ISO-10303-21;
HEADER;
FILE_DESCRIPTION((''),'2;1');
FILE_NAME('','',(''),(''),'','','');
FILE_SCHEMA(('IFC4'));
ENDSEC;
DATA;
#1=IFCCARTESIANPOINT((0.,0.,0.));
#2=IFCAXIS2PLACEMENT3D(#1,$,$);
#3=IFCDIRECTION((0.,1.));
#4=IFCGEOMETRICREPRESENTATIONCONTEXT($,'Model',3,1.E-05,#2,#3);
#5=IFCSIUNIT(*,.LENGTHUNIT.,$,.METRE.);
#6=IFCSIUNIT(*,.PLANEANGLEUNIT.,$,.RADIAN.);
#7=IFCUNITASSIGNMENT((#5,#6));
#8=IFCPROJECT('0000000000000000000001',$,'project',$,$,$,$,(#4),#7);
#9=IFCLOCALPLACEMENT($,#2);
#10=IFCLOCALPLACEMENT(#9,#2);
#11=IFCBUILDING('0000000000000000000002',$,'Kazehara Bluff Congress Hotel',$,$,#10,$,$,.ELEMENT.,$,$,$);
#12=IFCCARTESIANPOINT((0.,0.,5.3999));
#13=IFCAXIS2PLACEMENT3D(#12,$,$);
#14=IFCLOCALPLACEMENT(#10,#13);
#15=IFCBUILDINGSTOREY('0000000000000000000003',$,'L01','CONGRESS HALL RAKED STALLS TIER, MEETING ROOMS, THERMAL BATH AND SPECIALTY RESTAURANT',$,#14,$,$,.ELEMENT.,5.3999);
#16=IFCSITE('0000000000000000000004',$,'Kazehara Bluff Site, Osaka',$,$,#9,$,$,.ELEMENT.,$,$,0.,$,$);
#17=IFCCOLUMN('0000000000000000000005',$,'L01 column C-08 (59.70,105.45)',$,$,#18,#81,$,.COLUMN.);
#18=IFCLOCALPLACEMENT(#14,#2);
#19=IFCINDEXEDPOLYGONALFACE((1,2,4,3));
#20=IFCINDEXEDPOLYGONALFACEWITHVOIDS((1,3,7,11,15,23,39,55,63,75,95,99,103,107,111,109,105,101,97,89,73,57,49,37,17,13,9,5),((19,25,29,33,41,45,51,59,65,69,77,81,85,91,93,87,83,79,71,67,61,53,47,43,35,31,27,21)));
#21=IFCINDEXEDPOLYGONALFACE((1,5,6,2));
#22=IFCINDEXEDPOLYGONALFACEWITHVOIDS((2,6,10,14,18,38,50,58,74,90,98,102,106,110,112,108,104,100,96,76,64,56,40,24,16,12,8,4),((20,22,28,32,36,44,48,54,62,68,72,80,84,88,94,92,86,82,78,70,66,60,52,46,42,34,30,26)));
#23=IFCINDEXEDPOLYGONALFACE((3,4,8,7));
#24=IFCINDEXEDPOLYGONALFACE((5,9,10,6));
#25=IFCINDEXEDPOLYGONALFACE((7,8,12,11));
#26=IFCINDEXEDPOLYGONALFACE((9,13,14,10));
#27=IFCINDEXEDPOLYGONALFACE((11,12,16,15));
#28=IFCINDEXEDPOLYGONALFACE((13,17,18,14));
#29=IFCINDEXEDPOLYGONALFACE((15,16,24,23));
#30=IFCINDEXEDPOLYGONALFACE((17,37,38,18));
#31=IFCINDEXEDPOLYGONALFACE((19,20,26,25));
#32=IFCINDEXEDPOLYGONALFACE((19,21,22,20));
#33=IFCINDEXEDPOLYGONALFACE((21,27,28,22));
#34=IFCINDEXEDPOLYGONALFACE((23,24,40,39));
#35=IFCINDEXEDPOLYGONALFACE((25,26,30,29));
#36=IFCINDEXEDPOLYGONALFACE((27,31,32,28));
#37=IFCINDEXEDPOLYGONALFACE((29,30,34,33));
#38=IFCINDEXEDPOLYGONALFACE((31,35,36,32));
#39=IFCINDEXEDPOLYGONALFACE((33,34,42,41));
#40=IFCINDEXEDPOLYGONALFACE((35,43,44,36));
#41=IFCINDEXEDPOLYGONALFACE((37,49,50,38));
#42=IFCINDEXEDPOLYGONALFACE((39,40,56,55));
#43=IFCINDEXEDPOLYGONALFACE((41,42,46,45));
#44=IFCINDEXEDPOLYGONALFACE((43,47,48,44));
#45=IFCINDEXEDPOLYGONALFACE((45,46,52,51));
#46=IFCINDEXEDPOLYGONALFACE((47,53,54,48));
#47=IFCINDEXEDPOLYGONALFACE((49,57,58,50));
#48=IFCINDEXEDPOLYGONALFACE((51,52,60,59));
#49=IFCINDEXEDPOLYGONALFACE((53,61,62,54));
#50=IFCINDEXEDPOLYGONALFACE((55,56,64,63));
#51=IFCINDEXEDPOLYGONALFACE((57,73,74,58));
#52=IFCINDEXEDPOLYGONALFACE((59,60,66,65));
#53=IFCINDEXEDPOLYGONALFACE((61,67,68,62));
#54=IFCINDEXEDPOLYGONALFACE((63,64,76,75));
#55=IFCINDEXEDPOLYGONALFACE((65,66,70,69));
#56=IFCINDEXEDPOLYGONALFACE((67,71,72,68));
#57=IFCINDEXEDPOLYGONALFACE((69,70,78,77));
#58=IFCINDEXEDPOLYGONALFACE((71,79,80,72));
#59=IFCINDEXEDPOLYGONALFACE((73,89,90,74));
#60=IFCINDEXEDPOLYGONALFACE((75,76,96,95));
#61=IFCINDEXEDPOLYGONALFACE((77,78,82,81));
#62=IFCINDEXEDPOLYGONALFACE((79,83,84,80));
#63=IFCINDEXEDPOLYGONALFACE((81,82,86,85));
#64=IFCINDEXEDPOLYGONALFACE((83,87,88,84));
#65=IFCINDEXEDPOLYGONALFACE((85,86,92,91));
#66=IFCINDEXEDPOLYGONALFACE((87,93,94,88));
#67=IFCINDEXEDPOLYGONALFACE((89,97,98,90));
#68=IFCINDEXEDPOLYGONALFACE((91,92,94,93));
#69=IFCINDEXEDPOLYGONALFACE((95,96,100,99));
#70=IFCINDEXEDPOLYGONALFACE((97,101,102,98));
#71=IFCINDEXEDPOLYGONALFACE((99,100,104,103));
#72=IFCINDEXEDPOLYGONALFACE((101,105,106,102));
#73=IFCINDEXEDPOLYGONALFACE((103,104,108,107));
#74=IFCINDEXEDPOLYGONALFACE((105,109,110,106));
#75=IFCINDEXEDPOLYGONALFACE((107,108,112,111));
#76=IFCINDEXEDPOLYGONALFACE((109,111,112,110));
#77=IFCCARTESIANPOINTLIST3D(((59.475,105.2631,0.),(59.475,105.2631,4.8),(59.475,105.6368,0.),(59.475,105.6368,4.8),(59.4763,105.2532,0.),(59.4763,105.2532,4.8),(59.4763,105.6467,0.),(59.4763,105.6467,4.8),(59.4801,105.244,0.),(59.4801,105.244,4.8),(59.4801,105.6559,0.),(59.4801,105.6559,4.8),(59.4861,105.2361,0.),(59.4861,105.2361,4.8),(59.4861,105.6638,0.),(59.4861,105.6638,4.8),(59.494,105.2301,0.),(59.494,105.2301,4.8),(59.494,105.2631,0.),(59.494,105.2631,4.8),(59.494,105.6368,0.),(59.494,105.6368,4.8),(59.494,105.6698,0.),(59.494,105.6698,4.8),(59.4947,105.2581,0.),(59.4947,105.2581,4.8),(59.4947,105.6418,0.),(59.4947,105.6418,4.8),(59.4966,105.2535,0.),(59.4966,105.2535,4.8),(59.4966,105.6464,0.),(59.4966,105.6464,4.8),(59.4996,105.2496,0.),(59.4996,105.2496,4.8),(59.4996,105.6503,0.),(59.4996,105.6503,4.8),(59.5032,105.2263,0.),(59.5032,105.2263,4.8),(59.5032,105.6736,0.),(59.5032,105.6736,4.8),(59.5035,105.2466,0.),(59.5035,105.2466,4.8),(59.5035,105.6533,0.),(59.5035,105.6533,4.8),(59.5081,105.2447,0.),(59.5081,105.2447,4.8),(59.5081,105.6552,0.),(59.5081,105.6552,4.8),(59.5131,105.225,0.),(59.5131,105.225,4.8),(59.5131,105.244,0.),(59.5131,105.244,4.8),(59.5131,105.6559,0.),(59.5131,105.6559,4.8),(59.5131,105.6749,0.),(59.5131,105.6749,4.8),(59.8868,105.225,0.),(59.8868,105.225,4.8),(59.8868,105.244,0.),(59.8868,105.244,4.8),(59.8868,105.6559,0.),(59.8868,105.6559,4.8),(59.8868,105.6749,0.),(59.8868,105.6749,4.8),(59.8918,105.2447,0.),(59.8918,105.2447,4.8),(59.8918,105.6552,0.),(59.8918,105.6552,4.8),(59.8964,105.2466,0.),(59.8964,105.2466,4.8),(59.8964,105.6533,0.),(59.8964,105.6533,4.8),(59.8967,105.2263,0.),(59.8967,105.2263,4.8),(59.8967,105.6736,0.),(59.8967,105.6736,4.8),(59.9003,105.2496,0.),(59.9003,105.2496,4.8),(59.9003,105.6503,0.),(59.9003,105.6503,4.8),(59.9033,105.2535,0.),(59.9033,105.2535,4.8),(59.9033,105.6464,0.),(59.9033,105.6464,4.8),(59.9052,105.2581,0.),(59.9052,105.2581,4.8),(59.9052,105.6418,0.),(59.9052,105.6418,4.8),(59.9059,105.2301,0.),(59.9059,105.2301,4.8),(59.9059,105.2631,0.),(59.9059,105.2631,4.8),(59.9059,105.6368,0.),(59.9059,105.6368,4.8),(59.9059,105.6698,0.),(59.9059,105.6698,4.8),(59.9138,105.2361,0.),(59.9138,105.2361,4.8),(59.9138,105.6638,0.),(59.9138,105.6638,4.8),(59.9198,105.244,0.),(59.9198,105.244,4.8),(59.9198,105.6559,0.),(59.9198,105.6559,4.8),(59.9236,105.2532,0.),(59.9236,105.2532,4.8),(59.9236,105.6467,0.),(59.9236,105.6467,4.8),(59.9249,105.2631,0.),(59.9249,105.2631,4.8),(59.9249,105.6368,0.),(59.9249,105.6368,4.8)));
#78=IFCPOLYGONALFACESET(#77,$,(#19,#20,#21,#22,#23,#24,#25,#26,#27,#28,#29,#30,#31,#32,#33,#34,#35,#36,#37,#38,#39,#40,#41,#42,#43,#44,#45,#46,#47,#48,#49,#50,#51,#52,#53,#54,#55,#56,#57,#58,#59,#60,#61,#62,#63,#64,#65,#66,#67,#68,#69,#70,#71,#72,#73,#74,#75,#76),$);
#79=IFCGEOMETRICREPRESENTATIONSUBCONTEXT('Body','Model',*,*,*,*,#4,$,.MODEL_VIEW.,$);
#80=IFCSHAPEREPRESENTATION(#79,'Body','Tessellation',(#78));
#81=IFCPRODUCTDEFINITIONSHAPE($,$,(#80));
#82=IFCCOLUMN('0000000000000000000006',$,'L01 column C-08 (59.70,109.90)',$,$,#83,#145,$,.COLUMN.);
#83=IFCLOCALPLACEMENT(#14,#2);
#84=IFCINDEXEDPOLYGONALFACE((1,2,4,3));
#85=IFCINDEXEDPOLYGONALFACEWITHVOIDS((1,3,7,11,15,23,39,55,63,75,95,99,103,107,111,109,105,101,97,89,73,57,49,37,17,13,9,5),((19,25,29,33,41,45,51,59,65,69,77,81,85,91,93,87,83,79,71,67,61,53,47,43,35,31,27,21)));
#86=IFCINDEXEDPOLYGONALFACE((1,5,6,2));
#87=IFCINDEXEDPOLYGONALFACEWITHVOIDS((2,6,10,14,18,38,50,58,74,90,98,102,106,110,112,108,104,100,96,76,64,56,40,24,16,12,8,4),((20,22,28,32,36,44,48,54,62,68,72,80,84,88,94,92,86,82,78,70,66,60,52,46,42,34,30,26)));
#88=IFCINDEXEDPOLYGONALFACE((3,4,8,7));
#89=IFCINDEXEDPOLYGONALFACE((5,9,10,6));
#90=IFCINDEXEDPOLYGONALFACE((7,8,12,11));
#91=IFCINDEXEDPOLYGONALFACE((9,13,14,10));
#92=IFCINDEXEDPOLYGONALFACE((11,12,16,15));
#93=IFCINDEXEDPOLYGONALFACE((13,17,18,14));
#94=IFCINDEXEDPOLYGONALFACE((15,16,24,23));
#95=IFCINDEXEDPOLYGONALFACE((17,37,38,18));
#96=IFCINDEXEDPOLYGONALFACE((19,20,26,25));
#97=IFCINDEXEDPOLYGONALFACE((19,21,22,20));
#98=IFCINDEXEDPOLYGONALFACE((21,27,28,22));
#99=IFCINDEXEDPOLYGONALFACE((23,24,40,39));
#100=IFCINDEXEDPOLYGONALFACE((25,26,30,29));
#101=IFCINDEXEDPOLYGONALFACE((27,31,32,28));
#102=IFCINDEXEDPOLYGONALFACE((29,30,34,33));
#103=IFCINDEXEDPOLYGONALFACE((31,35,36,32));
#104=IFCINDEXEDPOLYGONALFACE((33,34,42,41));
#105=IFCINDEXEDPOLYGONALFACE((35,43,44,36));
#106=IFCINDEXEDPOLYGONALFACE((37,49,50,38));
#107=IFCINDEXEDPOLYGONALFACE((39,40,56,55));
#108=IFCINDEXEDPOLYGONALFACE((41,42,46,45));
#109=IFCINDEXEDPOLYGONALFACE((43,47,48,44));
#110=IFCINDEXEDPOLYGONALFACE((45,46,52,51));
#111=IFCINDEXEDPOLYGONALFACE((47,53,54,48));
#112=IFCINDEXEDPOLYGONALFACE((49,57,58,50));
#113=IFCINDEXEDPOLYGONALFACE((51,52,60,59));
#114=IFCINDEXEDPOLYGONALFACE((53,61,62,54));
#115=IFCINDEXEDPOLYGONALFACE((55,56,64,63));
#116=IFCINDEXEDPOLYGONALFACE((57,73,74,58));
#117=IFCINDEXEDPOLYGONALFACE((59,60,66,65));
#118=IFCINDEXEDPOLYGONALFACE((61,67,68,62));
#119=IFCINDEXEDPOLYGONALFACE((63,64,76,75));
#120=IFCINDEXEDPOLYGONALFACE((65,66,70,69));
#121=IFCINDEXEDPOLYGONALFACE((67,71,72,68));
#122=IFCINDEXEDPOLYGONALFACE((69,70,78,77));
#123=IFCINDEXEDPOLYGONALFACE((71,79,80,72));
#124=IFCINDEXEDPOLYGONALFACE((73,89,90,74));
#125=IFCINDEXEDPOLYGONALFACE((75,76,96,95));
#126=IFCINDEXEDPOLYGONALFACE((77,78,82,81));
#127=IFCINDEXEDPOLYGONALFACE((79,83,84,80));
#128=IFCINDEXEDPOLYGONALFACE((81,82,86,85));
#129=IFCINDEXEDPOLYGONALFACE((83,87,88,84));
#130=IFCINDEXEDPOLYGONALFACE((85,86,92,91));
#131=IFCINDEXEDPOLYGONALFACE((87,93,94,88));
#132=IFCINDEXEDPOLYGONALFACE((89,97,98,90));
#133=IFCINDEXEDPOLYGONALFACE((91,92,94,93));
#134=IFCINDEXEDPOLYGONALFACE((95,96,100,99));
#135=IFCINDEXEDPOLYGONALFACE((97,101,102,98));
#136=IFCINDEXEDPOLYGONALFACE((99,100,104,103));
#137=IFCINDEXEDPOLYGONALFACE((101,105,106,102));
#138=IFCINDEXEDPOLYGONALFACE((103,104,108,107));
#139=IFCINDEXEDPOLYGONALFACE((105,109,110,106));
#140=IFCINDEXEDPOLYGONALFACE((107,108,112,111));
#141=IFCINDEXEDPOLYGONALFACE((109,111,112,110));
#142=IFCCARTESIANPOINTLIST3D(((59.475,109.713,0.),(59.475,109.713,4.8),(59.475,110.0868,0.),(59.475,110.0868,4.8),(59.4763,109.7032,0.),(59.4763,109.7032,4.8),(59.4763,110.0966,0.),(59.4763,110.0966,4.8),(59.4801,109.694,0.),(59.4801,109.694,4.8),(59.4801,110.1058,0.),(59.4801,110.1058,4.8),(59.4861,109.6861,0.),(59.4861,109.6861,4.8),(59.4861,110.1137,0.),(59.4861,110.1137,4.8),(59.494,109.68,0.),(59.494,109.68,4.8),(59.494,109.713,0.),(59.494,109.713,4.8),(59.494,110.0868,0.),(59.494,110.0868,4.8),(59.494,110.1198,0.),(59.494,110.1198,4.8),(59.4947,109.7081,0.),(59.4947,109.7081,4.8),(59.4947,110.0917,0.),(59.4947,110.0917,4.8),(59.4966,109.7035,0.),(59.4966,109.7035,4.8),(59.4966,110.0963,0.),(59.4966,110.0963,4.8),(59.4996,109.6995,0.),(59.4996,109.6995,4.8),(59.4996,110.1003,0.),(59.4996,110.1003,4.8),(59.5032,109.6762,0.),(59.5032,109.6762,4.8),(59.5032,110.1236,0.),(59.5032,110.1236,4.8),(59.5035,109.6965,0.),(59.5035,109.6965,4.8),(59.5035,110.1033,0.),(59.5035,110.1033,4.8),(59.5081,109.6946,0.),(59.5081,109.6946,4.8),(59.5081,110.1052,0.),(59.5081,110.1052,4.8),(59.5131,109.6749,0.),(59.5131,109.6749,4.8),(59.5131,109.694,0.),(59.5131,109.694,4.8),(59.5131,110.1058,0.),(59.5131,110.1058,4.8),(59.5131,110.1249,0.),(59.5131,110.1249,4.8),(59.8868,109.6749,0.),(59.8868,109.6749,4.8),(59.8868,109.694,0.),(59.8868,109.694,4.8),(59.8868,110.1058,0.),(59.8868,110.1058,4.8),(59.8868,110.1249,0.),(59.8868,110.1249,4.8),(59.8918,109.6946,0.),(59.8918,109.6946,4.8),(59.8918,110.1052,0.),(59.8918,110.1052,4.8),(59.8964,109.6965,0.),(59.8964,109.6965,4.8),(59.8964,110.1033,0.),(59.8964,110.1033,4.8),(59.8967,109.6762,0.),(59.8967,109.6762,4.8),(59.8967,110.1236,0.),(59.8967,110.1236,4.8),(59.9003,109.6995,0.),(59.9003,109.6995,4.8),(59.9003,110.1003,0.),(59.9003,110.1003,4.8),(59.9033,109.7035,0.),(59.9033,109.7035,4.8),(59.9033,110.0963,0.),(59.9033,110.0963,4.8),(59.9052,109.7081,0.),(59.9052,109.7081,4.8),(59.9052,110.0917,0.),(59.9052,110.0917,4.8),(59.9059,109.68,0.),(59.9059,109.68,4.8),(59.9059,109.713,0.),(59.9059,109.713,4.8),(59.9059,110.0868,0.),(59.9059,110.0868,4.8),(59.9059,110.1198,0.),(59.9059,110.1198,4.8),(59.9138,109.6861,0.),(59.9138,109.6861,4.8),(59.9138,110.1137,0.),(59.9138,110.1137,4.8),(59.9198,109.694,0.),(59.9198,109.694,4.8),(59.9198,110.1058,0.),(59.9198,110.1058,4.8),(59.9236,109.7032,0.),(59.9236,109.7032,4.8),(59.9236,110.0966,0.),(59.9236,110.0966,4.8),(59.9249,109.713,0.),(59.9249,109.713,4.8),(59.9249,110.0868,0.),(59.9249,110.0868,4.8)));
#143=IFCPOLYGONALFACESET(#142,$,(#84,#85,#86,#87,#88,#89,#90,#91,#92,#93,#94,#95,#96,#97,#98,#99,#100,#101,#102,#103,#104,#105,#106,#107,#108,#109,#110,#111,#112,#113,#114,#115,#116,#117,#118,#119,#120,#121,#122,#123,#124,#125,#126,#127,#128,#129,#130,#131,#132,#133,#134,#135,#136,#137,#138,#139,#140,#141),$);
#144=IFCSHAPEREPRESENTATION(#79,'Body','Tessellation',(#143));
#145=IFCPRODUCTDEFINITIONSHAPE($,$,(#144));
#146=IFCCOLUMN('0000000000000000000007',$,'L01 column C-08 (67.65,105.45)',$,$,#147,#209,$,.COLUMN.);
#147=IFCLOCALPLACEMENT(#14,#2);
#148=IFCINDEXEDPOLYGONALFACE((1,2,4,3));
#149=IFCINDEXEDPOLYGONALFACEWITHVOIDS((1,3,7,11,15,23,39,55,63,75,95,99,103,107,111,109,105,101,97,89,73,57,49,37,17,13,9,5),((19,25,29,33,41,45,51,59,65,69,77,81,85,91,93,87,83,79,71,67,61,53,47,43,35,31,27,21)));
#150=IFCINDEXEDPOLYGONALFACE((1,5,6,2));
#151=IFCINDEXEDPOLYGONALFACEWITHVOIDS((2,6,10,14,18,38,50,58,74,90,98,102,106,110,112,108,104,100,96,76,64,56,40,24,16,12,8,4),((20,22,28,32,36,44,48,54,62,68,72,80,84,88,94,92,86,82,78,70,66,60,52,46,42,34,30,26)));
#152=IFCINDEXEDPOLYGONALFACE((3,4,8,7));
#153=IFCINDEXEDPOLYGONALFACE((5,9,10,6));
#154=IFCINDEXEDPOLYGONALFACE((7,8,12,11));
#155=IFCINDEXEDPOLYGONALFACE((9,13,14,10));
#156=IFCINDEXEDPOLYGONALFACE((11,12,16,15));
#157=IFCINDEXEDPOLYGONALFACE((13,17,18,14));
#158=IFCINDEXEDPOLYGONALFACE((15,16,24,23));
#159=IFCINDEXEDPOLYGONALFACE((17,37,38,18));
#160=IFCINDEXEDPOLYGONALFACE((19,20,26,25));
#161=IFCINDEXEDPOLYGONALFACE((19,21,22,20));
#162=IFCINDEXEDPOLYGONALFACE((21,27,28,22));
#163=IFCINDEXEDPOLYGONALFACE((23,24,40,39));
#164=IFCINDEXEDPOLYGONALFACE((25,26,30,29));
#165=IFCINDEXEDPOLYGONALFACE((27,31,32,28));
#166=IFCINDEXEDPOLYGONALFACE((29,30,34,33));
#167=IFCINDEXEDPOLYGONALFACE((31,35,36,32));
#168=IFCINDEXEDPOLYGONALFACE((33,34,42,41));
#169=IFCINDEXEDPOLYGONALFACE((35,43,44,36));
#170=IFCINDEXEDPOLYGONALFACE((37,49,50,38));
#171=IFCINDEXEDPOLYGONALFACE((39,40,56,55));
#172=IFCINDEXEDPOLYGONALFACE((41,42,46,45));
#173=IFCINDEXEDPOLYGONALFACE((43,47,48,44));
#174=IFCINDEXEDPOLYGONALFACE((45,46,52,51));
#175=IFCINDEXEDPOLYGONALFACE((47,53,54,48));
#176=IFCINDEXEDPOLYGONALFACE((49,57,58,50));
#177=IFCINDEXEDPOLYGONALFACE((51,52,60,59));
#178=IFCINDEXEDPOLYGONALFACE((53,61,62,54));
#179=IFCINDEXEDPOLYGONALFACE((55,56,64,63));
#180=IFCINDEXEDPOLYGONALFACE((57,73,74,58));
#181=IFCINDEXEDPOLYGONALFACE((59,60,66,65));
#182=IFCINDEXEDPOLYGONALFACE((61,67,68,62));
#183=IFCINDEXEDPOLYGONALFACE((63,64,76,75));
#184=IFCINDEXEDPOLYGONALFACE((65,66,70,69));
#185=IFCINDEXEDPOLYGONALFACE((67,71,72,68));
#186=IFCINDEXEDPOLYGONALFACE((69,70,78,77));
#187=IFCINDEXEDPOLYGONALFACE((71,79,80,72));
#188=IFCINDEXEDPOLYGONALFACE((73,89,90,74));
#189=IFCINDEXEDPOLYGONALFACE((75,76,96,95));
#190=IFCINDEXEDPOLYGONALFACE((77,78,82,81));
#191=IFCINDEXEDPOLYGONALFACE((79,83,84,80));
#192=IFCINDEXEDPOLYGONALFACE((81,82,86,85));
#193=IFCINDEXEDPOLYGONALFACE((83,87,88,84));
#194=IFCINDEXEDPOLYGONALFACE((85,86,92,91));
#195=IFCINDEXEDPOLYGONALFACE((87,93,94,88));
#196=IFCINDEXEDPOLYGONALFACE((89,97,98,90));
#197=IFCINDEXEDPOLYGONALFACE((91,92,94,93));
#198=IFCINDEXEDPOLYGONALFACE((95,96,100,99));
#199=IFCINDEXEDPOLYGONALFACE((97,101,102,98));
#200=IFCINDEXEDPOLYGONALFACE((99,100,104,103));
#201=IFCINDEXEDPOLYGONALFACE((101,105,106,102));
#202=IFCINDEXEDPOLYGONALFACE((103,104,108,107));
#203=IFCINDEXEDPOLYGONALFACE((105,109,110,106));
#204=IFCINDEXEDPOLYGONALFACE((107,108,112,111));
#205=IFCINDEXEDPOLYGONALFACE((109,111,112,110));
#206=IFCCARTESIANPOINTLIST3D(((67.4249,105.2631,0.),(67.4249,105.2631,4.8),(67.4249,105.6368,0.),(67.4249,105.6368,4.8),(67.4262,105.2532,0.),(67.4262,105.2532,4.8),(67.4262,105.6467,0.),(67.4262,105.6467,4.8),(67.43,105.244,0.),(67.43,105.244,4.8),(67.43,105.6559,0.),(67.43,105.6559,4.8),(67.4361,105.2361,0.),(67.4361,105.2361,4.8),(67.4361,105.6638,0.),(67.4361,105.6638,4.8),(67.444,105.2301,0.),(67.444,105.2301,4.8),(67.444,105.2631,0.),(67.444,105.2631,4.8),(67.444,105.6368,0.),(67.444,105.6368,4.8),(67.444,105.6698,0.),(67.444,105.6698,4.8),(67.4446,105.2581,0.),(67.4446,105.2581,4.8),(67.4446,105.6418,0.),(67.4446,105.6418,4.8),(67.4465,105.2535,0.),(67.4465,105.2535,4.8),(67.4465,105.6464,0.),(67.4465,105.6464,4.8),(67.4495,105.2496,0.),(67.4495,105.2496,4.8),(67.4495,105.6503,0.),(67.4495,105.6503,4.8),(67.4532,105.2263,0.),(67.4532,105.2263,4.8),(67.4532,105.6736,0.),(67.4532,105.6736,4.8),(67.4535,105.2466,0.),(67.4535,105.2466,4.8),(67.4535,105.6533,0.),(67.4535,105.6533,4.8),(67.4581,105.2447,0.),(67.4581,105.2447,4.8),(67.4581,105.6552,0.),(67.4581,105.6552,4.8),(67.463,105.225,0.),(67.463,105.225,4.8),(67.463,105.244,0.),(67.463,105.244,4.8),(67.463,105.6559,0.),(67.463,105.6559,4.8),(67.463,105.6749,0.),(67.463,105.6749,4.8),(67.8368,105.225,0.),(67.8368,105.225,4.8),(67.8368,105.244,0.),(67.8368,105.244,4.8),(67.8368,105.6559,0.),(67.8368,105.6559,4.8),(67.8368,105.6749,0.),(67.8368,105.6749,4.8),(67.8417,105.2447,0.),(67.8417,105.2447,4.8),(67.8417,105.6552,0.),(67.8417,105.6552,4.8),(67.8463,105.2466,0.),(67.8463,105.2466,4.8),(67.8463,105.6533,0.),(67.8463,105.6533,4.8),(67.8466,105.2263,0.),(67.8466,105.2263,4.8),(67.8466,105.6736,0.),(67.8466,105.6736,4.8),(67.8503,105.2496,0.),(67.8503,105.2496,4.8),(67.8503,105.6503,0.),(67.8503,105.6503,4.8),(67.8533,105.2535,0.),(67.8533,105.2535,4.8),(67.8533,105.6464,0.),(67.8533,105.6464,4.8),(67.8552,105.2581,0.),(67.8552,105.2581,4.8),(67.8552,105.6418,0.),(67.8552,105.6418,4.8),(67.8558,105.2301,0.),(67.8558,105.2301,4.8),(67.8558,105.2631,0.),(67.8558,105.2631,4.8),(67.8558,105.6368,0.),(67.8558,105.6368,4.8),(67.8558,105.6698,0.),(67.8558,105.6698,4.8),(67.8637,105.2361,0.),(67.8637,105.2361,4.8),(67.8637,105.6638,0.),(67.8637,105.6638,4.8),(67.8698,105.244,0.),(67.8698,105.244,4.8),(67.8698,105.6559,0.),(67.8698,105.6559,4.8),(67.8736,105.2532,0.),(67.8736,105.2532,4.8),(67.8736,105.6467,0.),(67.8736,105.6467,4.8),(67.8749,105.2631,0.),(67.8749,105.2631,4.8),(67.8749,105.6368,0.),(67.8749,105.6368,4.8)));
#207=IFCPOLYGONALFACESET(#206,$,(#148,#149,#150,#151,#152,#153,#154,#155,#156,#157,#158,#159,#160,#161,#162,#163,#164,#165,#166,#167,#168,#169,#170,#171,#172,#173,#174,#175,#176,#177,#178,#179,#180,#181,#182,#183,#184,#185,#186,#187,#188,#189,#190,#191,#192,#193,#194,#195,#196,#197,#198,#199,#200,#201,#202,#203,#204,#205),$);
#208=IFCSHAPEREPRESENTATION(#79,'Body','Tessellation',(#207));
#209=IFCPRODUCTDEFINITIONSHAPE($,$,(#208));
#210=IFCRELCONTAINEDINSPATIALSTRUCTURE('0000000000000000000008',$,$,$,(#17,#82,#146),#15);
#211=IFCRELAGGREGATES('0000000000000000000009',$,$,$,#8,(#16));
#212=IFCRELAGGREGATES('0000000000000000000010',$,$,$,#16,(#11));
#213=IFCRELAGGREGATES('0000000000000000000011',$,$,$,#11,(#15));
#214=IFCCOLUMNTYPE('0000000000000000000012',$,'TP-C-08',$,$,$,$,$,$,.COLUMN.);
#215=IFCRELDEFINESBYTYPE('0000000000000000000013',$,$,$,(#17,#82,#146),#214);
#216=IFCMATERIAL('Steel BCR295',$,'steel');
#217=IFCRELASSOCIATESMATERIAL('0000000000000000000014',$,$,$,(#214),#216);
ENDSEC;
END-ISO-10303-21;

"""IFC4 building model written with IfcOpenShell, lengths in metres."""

from ifc_helpers import new_model, si_unit, direction, frame, origin, origin_2d, place, context, subcontext, project, spatial, hollow_rectangle, extrude, material, material_profile, profile_set, type_object, element, save


model = new_model("IFC4")

# Units and contexts
model_context = context("Model", 3, precision=1e-05, world=origin(), true_north=direction((0.0, 1.0)))
body_context = subcontext(model_context, "Body", "Model", "MODEL_VIEW")
ifc_project = project(units=[si_unit("LENGTHUNIT", "METRE"), si_unit("PLANEANGLEUNIT", "RADIAN")], contexts=[model_context])

# Site, building, storey
site_placement = place(None, origin())
site = spatial("IfcSite", under=ifc_project, at=site_placement, Name="Kazehara Bluff Site, Osaka", CompositionType="ELEMENT", RefElevation=0.0)
building_placement = place(site_placement, origin())
building = spatial("IfcBuilding", under=site, at=building_placement, Name="Kazehara Bluff Congress Hotel", CompositionType="ELEMENT")
storey_placement = place(building_placement, frame((0.0, 0.0, 5.3999)))
storey = spatial("IfcBuildingStorey", under=building, at=storey_placement, Name="L01", Description="CONGRESS HALL RAKED STALLS TIER, MEETING ROOMS, THERMAL BATH AND SPECIALTY RESTAURANT", CompositionType="ELEMENT", Elevation=5.3999)

# Columns
ifc_material_1 = material(Name="Steel BCR295", Category="steel")
ifc_material_profile_1 = material_profile(ifc_material_1, hollow_rectangle(XDim=0.45, YDim=0.45, WallThickness=0.019, InnerFilletRadius=0.019, OuterFilletRadius=0.0381, at=origin_2d()))
ifc_profile_set_1 = profile_set([ifc_material_profile_1], Name="Steel BCR295")
column_type_1 = type_object("IfcColumnType", Name="TP-C-08", PredefinedType="COLUMN", material=ifc_profile_set_1)
for number, where, z_axis, x_axis, name in (
    (1, (59.7, 105.45, 0.0), (0.0, 0.0, 1.0), (1.0, 0.0, 0.0), "L01 column C-08 (59.70,105.45)"),
    (2, (59.7, 109.8999, 0.0), (0.0, 0.0, 1.0), (1.0, 0.0, 0.0), "L01 column C-08 (59.70,109.90)"),
    (3, (67.6499, 105.45, 0.0), (0.0, 0.0, 1.0), (1.0, 0.0, 0.0), "L01 column C-08 (67.65,105.45)"),
):
    element("IfcColumn", number, at=place(storey_placement, frame(where, z_axis=z_axis, x_axis=x_axis)), inside=storey, type_object=column_type_1, Name=name, PredefinedType="COLUMN", context=body_context, shape_type="SweptSolid", body=[
        extrude(hollow_rectangle(XDim=0.45, YDim=0.45, WallThickness=0.019, InnerFilletRadius=0.019, OuterFilletRadius=0.0381, at=origin_2d()), origin(), (0.0, 0.0, 1.0), 4.8),
    ])

save(model, "model.ifc")
